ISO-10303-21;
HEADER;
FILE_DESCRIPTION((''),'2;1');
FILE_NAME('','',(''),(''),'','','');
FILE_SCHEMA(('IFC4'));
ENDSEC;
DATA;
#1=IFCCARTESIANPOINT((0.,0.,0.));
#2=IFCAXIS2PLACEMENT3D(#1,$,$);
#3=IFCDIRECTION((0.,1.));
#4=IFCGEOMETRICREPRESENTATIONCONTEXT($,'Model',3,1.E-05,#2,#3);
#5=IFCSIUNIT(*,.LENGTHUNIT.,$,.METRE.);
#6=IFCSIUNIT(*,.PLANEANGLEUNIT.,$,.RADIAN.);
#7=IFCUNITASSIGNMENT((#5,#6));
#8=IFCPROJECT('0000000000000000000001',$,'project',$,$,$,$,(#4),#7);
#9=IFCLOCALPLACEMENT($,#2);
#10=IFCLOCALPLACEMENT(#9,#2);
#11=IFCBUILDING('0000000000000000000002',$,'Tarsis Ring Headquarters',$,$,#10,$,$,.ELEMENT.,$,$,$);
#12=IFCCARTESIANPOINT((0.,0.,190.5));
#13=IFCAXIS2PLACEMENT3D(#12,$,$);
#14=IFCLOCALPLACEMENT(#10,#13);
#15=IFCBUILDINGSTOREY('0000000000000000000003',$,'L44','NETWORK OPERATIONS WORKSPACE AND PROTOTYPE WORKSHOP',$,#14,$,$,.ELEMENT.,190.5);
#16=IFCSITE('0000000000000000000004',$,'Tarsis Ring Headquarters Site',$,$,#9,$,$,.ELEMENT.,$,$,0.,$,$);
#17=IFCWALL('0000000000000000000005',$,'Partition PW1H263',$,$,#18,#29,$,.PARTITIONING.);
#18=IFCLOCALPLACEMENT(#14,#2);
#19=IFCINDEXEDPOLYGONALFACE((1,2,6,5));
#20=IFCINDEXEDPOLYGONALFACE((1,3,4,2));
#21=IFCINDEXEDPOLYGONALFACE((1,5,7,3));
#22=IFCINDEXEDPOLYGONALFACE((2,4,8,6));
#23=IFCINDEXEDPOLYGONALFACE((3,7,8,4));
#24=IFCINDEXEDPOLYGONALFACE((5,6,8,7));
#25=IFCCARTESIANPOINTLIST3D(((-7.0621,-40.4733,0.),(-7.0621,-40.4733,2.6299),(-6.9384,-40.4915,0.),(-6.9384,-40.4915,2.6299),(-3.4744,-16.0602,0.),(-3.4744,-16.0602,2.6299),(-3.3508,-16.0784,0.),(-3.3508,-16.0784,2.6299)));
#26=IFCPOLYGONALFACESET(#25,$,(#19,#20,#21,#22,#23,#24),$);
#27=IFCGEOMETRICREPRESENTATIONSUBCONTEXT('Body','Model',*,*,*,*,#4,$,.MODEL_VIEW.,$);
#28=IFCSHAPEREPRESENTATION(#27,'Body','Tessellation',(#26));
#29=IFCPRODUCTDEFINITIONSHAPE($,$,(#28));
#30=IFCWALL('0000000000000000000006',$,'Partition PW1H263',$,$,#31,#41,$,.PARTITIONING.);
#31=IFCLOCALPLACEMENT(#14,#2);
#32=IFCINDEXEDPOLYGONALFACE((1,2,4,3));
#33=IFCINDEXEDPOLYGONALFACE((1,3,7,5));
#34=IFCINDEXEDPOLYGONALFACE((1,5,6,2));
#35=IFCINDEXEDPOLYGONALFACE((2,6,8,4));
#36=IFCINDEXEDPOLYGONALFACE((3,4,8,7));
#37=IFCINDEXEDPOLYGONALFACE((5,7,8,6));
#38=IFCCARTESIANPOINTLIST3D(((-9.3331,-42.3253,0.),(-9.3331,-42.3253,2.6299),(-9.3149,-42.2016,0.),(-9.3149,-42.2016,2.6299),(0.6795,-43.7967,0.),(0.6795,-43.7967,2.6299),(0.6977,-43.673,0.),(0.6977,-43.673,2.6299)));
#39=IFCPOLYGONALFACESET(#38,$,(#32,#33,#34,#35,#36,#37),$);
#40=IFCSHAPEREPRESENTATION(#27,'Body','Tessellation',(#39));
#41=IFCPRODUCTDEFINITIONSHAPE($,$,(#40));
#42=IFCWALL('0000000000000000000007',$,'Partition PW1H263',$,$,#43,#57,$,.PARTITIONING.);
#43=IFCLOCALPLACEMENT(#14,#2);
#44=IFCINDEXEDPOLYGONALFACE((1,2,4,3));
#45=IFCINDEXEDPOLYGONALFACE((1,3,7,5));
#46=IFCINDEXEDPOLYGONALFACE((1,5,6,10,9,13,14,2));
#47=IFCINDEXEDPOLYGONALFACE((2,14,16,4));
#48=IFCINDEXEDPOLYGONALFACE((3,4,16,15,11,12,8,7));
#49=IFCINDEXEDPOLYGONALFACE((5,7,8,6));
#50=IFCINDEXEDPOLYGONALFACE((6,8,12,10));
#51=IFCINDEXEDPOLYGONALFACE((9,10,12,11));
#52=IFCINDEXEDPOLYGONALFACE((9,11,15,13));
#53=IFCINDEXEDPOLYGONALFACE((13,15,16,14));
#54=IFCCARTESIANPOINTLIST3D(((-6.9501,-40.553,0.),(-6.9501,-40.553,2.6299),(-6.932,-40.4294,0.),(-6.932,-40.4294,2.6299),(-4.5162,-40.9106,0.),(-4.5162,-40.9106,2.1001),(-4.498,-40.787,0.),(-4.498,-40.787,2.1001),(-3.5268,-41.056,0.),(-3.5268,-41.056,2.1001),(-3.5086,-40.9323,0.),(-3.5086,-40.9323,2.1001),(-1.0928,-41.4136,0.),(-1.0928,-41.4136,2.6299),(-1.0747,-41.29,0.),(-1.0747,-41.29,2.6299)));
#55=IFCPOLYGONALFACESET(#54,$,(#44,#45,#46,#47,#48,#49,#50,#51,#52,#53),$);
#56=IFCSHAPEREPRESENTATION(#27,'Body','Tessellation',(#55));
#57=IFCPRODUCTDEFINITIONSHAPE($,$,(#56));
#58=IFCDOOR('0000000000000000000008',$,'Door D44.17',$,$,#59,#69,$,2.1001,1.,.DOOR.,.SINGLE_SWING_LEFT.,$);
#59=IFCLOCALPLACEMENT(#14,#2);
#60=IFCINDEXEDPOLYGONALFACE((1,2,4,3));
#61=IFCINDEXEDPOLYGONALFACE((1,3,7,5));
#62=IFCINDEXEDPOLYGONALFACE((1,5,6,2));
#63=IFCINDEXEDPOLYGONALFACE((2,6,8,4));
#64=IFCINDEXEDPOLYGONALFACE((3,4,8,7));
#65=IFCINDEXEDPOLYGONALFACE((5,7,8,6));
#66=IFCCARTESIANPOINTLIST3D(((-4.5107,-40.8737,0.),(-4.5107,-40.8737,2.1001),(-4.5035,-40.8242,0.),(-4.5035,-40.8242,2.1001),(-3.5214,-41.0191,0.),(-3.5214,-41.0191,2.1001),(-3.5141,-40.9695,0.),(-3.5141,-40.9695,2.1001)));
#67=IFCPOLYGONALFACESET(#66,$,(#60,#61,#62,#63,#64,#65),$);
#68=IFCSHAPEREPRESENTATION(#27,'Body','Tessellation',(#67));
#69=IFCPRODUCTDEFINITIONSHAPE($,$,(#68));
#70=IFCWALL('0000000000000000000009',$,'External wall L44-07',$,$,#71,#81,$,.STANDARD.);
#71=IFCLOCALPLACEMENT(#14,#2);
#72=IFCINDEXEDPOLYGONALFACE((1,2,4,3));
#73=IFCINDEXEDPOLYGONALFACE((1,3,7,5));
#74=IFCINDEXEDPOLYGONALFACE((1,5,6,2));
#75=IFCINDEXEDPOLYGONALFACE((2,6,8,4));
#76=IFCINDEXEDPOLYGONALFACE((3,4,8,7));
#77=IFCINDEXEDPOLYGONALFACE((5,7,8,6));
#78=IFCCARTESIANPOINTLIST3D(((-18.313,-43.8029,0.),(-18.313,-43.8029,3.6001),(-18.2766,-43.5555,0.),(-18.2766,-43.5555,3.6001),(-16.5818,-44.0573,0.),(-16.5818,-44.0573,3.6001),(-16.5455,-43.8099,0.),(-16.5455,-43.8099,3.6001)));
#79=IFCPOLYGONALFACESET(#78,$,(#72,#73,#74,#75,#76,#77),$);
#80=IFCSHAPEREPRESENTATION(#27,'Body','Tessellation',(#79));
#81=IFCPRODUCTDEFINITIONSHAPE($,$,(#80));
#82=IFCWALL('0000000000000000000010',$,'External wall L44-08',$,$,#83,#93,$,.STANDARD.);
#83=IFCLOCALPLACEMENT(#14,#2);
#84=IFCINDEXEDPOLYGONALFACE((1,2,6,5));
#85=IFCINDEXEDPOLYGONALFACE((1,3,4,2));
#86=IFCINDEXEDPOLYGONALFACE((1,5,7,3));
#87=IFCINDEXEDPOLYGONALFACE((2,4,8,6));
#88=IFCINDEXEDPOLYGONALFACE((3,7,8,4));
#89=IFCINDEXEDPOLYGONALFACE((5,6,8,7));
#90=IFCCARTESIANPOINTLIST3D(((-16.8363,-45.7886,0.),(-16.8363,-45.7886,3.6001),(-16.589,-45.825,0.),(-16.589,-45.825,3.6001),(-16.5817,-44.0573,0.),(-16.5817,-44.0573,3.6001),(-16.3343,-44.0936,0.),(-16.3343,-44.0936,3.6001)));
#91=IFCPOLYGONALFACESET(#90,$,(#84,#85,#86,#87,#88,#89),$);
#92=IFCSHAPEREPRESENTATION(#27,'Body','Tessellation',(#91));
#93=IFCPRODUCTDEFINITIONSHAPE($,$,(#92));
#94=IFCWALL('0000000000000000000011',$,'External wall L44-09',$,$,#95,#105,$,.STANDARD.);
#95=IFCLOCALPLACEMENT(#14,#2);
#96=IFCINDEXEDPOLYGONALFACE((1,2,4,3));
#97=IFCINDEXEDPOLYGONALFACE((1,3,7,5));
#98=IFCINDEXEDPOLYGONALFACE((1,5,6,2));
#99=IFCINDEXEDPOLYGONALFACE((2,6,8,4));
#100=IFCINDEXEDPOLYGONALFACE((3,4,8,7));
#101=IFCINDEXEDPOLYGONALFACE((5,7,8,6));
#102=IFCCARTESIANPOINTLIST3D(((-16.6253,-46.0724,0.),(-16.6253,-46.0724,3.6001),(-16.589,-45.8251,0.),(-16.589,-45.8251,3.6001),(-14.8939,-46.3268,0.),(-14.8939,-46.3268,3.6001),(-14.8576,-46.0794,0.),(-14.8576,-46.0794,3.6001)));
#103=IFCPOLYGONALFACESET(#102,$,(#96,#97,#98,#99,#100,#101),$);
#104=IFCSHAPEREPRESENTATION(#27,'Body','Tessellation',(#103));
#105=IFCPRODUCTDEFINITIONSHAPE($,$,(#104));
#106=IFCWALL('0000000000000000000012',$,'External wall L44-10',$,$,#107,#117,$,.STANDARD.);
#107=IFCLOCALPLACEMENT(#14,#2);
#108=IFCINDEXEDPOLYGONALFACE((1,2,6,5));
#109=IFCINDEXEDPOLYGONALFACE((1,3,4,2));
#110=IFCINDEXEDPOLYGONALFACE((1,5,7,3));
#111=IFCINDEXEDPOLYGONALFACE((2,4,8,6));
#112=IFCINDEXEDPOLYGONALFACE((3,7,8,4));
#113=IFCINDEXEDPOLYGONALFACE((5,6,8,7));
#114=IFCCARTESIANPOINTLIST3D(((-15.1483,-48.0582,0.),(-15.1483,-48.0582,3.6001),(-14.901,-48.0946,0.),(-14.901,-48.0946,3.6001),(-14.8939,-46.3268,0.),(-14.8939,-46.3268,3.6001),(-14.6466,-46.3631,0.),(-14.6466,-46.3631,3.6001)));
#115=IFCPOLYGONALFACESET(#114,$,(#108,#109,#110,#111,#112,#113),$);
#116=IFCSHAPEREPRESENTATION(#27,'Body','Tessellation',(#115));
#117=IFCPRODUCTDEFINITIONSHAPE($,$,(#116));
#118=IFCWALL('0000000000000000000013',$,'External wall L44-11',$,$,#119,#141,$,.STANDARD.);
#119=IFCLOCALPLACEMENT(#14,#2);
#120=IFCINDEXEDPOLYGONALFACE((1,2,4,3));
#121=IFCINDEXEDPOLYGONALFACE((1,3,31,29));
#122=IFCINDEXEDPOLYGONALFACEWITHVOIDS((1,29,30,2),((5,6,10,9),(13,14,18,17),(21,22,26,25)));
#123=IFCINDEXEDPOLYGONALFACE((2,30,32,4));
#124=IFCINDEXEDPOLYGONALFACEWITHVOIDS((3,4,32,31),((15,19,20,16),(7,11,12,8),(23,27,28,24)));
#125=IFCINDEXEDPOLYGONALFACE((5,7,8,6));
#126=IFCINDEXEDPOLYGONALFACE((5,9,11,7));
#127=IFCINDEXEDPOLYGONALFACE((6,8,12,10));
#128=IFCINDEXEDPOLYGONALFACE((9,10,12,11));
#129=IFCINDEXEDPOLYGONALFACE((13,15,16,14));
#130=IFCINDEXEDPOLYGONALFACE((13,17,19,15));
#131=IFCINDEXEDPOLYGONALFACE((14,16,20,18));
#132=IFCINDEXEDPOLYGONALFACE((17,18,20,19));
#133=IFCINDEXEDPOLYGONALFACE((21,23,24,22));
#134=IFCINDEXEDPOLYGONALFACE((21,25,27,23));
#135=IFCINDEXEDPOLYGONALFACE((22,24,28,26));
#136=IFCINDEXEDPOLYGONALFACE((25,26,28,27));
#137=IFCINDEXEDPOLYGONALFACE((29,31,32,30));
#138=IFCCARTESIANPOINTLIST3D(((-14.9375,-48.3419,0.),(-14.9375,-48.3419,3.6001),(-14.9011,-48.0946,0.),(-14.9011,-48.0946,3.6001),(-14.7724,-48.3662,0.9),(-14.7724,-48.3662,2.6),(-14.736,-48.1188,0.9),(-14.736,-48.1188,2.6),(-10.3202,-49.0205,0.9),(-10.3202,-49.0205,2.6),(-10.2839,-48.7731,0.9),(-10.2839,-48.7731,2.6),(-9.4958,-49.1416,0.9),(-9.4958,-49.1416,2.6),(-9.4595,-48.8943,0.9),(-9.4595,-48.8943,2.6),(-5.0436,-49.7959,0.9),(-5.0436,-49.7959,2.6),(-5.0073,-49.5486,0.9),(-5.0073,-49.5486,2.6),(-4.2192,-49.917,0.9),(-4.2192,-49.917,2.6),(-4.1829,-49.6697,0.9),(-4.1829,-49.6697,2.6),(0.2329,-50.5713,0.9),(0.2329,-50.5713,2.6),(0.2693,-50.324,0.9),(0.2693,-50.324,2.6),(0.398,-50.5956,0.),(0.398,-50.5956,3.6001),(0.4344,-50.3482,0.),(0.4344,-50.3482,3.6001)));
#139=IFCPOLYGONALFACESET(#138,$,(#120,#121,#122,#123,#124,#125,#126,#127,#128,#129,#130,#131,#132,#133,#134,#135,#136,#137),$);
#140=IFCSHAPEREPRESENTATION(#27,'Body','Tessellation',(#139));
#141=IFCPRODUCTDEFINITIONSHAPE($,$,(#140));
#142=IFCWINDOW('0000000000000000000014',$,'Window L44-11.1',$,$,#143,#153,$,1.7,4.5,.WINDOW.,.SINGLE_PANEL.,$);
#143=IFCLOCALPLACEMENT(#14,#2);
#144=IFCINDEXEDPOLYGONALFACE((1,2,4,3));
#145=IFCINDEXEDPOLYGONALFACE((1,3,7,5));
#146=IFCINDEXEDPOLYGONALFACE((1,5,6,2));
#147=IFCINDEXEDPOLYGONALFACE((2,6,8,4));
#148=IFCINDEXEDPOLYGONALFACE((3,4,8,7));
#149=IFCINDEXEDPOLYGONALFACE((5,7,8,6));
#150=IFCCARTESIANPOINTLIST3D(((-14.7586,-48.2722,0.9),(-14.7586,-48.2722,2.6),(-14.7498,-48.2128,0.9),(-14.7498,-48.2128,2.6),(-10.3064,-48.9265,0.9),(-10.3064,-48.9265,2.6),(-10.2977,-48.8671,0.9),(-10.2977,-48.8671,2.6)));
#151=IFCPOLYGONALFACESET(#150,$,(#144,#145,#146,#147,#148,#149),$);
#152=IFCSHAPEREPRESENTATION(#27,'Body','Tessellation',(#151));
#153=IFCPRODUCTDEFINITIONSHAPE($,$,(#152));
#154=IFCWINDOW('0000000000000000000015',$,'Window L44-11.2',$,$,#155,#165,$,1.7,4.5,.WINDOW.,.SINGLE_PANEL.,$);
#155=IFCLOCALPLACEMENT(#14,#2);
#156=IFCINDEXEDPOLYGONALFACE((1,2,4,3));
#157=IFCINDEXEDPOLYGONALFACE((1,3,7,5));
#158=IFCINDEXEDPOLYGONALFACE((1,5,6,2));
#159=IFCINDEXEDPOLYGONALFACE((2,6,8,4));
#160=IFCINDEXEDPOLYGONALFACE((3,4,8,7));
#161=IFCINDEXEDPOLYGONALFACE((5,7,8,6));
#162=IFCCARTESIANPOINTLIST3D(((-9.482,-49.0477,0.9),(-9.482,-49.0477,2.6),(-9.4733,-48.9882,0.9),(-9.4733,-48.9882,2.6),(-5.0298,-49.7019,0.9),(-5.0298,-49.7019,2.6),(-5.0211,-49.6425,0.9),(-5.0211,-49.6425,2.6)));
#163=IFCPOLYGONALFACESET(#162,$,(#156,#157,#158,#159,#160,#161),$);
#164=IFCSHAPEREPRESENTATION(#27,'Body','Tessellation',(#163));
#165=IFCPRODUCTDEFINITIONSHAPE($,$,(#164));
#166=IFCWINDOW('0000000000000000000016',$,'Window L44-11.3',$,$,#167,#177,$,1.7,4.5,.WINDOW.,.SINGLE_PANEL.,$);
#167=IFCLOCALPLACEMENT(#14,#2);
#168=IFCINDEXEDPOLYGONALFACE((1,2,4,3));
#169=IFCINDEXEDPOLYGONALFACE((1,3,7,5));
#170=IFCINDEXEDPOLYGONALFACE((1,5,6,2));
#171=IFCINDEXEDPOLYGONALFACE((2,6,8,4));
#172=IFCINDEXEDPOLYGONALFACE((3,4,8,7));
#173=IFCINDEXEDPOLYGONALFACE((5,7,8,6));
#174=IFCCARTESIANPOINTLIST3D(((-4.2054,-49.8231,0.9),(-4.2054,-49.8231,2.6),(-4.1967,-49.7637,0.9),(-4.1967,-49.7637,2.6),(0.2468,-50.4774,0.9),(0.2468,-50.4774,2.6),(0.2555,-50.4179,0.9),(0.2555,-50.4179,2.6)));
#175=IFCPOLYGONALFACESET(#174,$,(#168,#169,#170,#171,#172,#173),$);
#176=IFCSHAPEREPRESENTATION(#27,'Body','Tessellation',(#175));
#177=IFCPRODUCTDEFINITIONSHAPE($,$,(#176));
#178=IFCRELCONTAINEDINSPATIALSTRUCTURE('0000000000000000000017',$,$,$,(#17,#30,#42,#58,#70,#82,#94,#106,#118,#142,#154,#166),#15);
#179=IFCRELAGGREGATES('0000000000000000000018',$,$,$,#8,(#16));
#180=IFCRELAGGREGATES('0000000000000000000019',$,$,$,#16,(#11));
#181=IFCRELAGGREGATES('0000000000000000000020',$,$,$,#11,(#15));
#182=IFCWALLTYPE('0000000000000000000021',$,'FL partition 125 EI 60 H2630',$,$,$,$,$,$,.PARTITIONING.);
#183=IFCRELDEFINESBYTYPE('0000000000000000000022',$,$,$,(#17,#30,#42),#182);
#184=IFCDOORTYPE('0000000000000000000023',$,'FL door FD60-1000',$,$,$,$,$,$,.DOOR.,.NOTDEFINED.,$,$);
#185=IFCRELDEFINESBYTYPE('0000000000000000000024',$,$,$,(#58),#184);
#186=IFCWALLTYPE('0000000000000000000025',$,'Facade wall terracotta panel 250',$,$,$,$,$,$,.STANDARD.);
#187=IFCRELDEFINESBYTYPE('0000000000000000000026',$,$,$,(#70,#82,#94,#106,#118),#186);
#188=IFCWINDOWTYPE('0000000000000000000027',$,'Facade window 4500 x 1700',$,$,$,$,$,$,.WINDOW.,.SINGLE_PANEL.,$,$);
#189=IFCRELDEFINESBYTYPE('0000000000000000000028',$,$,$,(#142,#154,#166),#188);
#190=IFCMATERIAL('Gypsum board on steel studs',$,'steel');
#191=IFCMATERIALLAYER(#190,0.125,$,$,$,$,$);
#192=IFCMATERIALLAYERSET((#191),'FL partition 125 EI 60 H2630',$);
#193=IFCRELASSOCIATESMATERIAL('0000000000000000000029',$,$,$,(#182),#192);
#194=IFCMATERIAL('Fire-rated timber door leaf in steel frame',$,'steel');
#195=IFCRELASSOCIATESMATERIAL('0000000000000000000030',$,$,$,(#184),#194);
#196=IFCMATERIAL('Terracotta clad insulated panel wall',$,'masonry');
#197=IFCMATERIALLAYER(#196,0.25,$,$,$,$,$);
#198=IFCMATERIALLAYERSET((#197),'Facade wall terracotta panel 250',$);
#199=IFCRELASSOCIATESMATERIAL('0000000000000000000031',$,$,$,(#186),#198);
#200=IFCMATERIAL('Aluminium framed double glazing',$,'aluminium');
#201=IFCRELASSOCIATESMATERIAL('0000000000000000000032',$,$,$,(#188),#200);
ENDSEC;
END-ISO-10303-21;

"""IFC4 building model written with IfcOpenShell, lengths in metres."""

from ifc_helpers import new_model, si_unit, direction, frame, frame_2d, origin, place, context, subcontext, project, spatial, rectangle, extrude, material, layer, layer_set, type_object, element, fill, save


model = new_model("IFC4")

# Units and contexts
model_context = context("Model", 3, precision=1e-05, world=origin(), true_north=direction((0.0, 1.0)))
body_context = subcontext(model_context, "Body", "Model", "MODEL_VIEW")
ifc_project = project(units=[si_unit("LENGTHUNIT", "METRE"), si_unit("PLANEANGLEUNIT", "RADIAN")], contexts=[model_context])

# Site, building, storey
site_placement = place(None, origin())
site = spatial("IfcSite", under=ifc_project, at=site_placement, Name="Tarsis Ring Headquarters Site", CompositionType="ELEMENT", RefElevation=0.0)
building_placement = place(site_placement, origin())
building = spatial("IfcBuilding", under=site, at=building_placement, Name="Tarsis Ring Headquarters", CompositionType="ELEMENT")
storey_placement = place(building_placement, frame((0.0, 0.0, 190.5)))
storey = spatial("IfcBuildingStorey", under=building, at=storey_placement, Name="L44", Description="NETWORK OPERATIONS WORKSPACE AND PROTOTYPE WORKSHOP", CompositionType="ELEMENT", Elevation=190.5)

# Shared definitions
ifc_material_1 = material(Name="Gypsum board on steel studs", Category="steel")

# Shared definitions
ifc_layer_1 = layer(ifc_material_1, 0.125)
ifc_layer_set_1 = layer_set([ifc_layer_1], Name="FL partition 125 EI 60 H2630")
wall_type_1 = type_object("IfcWallType", Name="FL partition 125 EI 60 H2630", PredefinedType="PARTITIONING", material=ifc_layer_set_1)
ifc_material_2 = material(Name="Fire-rated timber door leaf in steel frame", Category="steel")
door_type_1 = type_object("IfcDoorType", Name="FL door FD60-1000", OperationType="NOTDEFINED", PredefinedType="DOOR", material=ifc_material_2)

# Walls
wall_1_placement = place(storey_placement, frame((-7.0002, -40.4824, 0.0), z_axis=(0.0, 0.0, 1.0), x_axis=(0.145394, 0.989374, 0.0)))
element("IfcWall", 1, at=wall_1_placement, inside=storey, type_object=wall_type_1, Name="Partition PW1H263", PredefinedType="PARTITIONING", context=body_context, shape_type="SweptSolid", body=[
    extrude(rectangle(XDim=24.6753, YDim=0.125, at=frame_2d((12.3376, 0.0))), origin(), (0.0, 0.0, 1.0), 2.6299),
])
wall_2_placement = place(storey_placement, frame((-9.324, -42.2634, 0.0), z_axis=(0.0, 0.0, 1.0), x_axis=(0.989374, -0.145395, 0.0)))
element("IfcWall", 2, at=wall_2_placement, inside=storey, type_object=wall_type_1, Name="Partition PW1H263", PredefinedType="PARTITIONING", context=body_context, shape_type="SweptSolid", body=[
    extrude(rectangle(XDim=10.1201, YDim=0.125, at=frame_2d((5.0601, 0.0))), origin(), (0.0, 0.0, 1.0), 2.6299),
])

# Wall, opening, door
wall_3_placement = place(storey_placement, frame((-6.9409, -40.4912, 0.0), z_axis=(0.0, 0.0, 1.0), x_axis=(0.989377, -0.145369, 0.0)))
wall_3 = element("IfcWall", 3, at=wall_3_placement, inside=storey, type_object=wall_type_1, Name="Partition PW1H263", PredefinedType="PARTITIONING", context=body_context, shape_type="SweptSolid", body=[
    extrude(rectangle(XDim=5.9202, YDim=0.125, at=frame_2d((2.96, 0.0))), origin(), (0.0, 0.0, 1.0), 2.6299),
])
opening_1_placement = place(wall_3_placement, frame((2.46, 0.0, 0.0)))
opening_1 = element("IfcOpeningElement", 4, at=opening_1_placement, cuts=wall_3, PredefinedType="OPENING", context=body_context, shape_type="SweptSolid", body=[
    extrude(rectangle(XDim=1.0, YDim=2.1001, at=frame_2d((0.5, 1.05))), frame((0.0, 0.0725, 0.0), z_axis=(0.0, -1.0, 0.0), x_axis=(1.0, 0.0, 0.0)), (0.0, 0.0, 1.0), 0.145),
])
door_1_placement = place(opening_1_placement, origin())
door_1 = element("IfcDoor", 5, at=door_1_placement, inside=storey, type_object=door_type_1, Name="Door D44.17", OperationType="SINGLE_SWING_LEFT", OverallHeight=2.1001, OverallWidth=1.0, PredefinedType="DOOR", context=body_context, shape_type="SweptSolid", body=[
    extrude(rectangle(XDim=1.0, YDim=2.1001, at=frame_2d((0.5, 1.05))), frame((0.0, 0.0249, 0.0), z_axis=(0.0, -1.0, 0.0), x_axis=(1.0, 0.0, 0.0)), (0.0, 0.0, 1.0), 0.05),
])
fill(opening_1, door_1)

# Walls
ifc_material_3 = material(Name="Terracotta clad insulated panel wall", Category="masonry")
ifc_layer_2 = layer(ifc_material_3, 0.25)
ifc_layer_set_2 = layer_set([ifc_layer_2], Name="Facade wall terracotta panel 250")
wall_type_2 = type_object("IfcWallType", Name="Facade wall terracotta panel 250", PredefinedType="STANDARD", material=ifc_layer_set_2)
wall_4_placement = place(storey_placement, frame((-18.2949, -43.6792, 0.0), z_axis=(0.0, 0.0, 1.0), x_axis=(0.989375, -0.145386, 0.0)))
element("IfcWall", 6, at=wall_4_placement, inside=storey, type_object=wall_type_2, Name="External wall L44-07", PredefinedType="STANDARD", context=body_context, shape_type="SweptSolid", body=[
    extrude(rectangle(XDim=1.7498, YDim=0.25, at=frame_2d((0.875, 0.0))), origin(), (0.0, 0.0, 1.0), 3.6001),
])
for number, where, z_axis, x_axis, name in (
    (7, (-16.458, -44.0754, 0.0), (0.0, 0.0, 1.0), (-0.145502, -0.989358, 0.0), "External wall L44-08"),
    (8, (-16.6072, -45.9487, 0.0), (0.0, 0.0, 1.0), (0.989378, -0.145365, 0.0), "External wall L44-09"),
    (9, (-14.7703, -46.345, 0.0), (0.0, 0.0, 1.0), (-0.145365, -0.989378, 0.0), "External wall L44-10"),
):
    element("IfcWall", number, at=place(storey_placement, frame(where, z_axis=z_axis, x_axis=x_axis)), inside=storey, type_object=wall_type_2, Name=name, PredefinedType="STANDARD", context=body_context, shape_type="SweptSolid", body=[
        extrude(rectangle(XDim=1.75, YDim=0.25, at=frame_2d((0.875, 0.0))), origin(), (0.0, 0.0, 1.0), 3.6001),
    ])

# Wall, openings, windows
wall_5_placement = place(storey_placement, frame((-14.9192, -48.2183, 0.0), z_axis=(0.0, 0.0, 1.0), x_axis=(0.989374, -0.145396, 0.0)))
wall_5 = element("IfcWall", 10, at=wall_5_placement, inside=storey, type_object=wall_type_2, Name="External wall L44-11", PredefinedType="STANDARD", context=body_context, shape_type="SweptSolid", body=[
    extrude(rectangle(XDim=15.5002, YDim=0.25, at=frame_2d((7.75, 0.0))), origin(), (0.0, 0.0, 1.0), 3.6001),
])
opening_2_placement = place(wall_5_placement, frame((0.1667, 0.0, 0.8999)))
opening_2 = element("IfcOpeningElement", 11, at=opening_2_placement, cuts=wall_5, PredefinedType="OPENING", context=body_context, shape_type="SweptSolid", body=[
    extrude(rectangle(XDim=4.5, YDim=1.7, at=frame_2d((2.25, 0.8501))), frame((0.0, 0.135, 0.0), z_axis=(0.0, -1.0, 0.0), x_axis=(1.0, 0.0, 0.0)), (0.0, 0.0, 1.0), 0.27),
])
opening_3_placement = place(wall_5_placement, frame((5.5, 0.0, 0.8999)))
opening_3 = element("IfcOpeningElement", 12, at=opening_3_placement, cuts=wall_5, PredefinedType="OPENING", context=body_context, shape_type="SweptSolid", body=[
    extrude(rectangle(XDim=4.5, YDim=1.7, at=frame_2d((2.25, 0.8501))), frame((0.0, 0.135, 0.0), z_axis=(0.0, -1.0, 0.0), x_axis=(1.0, 0.0, 0.0)), (0.0, 0.0, 1.0), 0.27),
])
opening_4_placement = place(wall_5_placement, frame((10.8333, 0.0, 0.8999)))
opening_4 = element("IfcOpeningElement", 13, at=opening_4_placement, cuts=wall_5, PredefinedType="OPENING", context=body_context, shape_type="SweptSolid", body=[
    extrude(rectangle(XDim=4.5, YDim=1.7, at=frame_2d((2.25, 0.8501))), frame((0.0, 0.135, 0.0), z_axis=(0.0, -1.0, 0.0), x_axis=(1.0, 0.0, 0.0)), (0.0, 0.0, 1.0), 0.27),
])
ifc_material_4 = material(Name="Aluminium framed double glazing", Category="aluminium")
window_type = type_object("IfcWindowType", Name="Facade window 4500 x 1700", PartitioningType="SINGLE_PANEL", PredefinedType="WINDOW", material=ifc_material_4)
window_1_placement = place(opening_2_placement, origin())
window_1 = element("IfcWindow", 14, at=window_1_placement, inside=storey, type_object=window_type, Name="Window L44-11.1", OverallHeight=1.7, OverallWidth=4.5, PartitioningType="SINGLE_PANEL", PredefinedType="WINDOW", context=body_context, shape_type="SweptSolid", body=[
    extrude(rectangle(XDim=4.5, YDim=1.7, at=frame_2d((2.25, 0.8501))), frame((0.0, 0.03, 0.0), z_axis=(0.0, -1.0, 0.0), x_axis=(1.0, 0.0, 0.0)), (0.0, 0.0, 1.0), 0.0601),
])
fill(opening_2, window_1)
window_2_placement = place(opening_3_placement, origin())
window_2 = element("IfcWindow", 15, at=window_2_placement, inside=storey, type_object=window_type, Name="Window L44-11.2", OverallHeight=1.7, OverallWidth=4.5, PartitioningType="SINGLE_PANEL", PredefinedType="WINDOW", context=body_context, shape_type="SweptSolid", body=[
    extrude(rectangle(XDim=4.5, YDim=1.7, at=frame_2d((2.25, 0.8501))), frame((0.0, 0.03, 0.0), z_axis=(0.0, -1.0, 0.0), x_axis=(1.0, 0.0, 0.0)), (0.0, 0.0, 1.0), 0.0601),
])
fill(opening_3, window_2)
window_3_placement = place(opening_4_placement, origin())
window_3 = element("IfcWindow", 16, at=window_3_placement, inside=storey, type_object=window_type, Name="Window L44-11.3", OverallHeight=1.7, OverallWidth=4.5, PartitioningType="SINGLE_PANEL", PredefinedType="WINDOW", context=body_context, shape_type="SweptSolid", body=[
    extrude(rectangle(XDim=4.5, YDim=1.7, at=frame_2d((2.25, 0.8501))), frame((0.0, 0.03, 0.0), z_axis=(0.0, -1.0, 0.0), x_axis=(1.0, 0.0, 0.0)), (0.0, 0.0, 1.0), 0.0601),
])
fill(opening_4, window_3)

save(model, "model.ifc")
